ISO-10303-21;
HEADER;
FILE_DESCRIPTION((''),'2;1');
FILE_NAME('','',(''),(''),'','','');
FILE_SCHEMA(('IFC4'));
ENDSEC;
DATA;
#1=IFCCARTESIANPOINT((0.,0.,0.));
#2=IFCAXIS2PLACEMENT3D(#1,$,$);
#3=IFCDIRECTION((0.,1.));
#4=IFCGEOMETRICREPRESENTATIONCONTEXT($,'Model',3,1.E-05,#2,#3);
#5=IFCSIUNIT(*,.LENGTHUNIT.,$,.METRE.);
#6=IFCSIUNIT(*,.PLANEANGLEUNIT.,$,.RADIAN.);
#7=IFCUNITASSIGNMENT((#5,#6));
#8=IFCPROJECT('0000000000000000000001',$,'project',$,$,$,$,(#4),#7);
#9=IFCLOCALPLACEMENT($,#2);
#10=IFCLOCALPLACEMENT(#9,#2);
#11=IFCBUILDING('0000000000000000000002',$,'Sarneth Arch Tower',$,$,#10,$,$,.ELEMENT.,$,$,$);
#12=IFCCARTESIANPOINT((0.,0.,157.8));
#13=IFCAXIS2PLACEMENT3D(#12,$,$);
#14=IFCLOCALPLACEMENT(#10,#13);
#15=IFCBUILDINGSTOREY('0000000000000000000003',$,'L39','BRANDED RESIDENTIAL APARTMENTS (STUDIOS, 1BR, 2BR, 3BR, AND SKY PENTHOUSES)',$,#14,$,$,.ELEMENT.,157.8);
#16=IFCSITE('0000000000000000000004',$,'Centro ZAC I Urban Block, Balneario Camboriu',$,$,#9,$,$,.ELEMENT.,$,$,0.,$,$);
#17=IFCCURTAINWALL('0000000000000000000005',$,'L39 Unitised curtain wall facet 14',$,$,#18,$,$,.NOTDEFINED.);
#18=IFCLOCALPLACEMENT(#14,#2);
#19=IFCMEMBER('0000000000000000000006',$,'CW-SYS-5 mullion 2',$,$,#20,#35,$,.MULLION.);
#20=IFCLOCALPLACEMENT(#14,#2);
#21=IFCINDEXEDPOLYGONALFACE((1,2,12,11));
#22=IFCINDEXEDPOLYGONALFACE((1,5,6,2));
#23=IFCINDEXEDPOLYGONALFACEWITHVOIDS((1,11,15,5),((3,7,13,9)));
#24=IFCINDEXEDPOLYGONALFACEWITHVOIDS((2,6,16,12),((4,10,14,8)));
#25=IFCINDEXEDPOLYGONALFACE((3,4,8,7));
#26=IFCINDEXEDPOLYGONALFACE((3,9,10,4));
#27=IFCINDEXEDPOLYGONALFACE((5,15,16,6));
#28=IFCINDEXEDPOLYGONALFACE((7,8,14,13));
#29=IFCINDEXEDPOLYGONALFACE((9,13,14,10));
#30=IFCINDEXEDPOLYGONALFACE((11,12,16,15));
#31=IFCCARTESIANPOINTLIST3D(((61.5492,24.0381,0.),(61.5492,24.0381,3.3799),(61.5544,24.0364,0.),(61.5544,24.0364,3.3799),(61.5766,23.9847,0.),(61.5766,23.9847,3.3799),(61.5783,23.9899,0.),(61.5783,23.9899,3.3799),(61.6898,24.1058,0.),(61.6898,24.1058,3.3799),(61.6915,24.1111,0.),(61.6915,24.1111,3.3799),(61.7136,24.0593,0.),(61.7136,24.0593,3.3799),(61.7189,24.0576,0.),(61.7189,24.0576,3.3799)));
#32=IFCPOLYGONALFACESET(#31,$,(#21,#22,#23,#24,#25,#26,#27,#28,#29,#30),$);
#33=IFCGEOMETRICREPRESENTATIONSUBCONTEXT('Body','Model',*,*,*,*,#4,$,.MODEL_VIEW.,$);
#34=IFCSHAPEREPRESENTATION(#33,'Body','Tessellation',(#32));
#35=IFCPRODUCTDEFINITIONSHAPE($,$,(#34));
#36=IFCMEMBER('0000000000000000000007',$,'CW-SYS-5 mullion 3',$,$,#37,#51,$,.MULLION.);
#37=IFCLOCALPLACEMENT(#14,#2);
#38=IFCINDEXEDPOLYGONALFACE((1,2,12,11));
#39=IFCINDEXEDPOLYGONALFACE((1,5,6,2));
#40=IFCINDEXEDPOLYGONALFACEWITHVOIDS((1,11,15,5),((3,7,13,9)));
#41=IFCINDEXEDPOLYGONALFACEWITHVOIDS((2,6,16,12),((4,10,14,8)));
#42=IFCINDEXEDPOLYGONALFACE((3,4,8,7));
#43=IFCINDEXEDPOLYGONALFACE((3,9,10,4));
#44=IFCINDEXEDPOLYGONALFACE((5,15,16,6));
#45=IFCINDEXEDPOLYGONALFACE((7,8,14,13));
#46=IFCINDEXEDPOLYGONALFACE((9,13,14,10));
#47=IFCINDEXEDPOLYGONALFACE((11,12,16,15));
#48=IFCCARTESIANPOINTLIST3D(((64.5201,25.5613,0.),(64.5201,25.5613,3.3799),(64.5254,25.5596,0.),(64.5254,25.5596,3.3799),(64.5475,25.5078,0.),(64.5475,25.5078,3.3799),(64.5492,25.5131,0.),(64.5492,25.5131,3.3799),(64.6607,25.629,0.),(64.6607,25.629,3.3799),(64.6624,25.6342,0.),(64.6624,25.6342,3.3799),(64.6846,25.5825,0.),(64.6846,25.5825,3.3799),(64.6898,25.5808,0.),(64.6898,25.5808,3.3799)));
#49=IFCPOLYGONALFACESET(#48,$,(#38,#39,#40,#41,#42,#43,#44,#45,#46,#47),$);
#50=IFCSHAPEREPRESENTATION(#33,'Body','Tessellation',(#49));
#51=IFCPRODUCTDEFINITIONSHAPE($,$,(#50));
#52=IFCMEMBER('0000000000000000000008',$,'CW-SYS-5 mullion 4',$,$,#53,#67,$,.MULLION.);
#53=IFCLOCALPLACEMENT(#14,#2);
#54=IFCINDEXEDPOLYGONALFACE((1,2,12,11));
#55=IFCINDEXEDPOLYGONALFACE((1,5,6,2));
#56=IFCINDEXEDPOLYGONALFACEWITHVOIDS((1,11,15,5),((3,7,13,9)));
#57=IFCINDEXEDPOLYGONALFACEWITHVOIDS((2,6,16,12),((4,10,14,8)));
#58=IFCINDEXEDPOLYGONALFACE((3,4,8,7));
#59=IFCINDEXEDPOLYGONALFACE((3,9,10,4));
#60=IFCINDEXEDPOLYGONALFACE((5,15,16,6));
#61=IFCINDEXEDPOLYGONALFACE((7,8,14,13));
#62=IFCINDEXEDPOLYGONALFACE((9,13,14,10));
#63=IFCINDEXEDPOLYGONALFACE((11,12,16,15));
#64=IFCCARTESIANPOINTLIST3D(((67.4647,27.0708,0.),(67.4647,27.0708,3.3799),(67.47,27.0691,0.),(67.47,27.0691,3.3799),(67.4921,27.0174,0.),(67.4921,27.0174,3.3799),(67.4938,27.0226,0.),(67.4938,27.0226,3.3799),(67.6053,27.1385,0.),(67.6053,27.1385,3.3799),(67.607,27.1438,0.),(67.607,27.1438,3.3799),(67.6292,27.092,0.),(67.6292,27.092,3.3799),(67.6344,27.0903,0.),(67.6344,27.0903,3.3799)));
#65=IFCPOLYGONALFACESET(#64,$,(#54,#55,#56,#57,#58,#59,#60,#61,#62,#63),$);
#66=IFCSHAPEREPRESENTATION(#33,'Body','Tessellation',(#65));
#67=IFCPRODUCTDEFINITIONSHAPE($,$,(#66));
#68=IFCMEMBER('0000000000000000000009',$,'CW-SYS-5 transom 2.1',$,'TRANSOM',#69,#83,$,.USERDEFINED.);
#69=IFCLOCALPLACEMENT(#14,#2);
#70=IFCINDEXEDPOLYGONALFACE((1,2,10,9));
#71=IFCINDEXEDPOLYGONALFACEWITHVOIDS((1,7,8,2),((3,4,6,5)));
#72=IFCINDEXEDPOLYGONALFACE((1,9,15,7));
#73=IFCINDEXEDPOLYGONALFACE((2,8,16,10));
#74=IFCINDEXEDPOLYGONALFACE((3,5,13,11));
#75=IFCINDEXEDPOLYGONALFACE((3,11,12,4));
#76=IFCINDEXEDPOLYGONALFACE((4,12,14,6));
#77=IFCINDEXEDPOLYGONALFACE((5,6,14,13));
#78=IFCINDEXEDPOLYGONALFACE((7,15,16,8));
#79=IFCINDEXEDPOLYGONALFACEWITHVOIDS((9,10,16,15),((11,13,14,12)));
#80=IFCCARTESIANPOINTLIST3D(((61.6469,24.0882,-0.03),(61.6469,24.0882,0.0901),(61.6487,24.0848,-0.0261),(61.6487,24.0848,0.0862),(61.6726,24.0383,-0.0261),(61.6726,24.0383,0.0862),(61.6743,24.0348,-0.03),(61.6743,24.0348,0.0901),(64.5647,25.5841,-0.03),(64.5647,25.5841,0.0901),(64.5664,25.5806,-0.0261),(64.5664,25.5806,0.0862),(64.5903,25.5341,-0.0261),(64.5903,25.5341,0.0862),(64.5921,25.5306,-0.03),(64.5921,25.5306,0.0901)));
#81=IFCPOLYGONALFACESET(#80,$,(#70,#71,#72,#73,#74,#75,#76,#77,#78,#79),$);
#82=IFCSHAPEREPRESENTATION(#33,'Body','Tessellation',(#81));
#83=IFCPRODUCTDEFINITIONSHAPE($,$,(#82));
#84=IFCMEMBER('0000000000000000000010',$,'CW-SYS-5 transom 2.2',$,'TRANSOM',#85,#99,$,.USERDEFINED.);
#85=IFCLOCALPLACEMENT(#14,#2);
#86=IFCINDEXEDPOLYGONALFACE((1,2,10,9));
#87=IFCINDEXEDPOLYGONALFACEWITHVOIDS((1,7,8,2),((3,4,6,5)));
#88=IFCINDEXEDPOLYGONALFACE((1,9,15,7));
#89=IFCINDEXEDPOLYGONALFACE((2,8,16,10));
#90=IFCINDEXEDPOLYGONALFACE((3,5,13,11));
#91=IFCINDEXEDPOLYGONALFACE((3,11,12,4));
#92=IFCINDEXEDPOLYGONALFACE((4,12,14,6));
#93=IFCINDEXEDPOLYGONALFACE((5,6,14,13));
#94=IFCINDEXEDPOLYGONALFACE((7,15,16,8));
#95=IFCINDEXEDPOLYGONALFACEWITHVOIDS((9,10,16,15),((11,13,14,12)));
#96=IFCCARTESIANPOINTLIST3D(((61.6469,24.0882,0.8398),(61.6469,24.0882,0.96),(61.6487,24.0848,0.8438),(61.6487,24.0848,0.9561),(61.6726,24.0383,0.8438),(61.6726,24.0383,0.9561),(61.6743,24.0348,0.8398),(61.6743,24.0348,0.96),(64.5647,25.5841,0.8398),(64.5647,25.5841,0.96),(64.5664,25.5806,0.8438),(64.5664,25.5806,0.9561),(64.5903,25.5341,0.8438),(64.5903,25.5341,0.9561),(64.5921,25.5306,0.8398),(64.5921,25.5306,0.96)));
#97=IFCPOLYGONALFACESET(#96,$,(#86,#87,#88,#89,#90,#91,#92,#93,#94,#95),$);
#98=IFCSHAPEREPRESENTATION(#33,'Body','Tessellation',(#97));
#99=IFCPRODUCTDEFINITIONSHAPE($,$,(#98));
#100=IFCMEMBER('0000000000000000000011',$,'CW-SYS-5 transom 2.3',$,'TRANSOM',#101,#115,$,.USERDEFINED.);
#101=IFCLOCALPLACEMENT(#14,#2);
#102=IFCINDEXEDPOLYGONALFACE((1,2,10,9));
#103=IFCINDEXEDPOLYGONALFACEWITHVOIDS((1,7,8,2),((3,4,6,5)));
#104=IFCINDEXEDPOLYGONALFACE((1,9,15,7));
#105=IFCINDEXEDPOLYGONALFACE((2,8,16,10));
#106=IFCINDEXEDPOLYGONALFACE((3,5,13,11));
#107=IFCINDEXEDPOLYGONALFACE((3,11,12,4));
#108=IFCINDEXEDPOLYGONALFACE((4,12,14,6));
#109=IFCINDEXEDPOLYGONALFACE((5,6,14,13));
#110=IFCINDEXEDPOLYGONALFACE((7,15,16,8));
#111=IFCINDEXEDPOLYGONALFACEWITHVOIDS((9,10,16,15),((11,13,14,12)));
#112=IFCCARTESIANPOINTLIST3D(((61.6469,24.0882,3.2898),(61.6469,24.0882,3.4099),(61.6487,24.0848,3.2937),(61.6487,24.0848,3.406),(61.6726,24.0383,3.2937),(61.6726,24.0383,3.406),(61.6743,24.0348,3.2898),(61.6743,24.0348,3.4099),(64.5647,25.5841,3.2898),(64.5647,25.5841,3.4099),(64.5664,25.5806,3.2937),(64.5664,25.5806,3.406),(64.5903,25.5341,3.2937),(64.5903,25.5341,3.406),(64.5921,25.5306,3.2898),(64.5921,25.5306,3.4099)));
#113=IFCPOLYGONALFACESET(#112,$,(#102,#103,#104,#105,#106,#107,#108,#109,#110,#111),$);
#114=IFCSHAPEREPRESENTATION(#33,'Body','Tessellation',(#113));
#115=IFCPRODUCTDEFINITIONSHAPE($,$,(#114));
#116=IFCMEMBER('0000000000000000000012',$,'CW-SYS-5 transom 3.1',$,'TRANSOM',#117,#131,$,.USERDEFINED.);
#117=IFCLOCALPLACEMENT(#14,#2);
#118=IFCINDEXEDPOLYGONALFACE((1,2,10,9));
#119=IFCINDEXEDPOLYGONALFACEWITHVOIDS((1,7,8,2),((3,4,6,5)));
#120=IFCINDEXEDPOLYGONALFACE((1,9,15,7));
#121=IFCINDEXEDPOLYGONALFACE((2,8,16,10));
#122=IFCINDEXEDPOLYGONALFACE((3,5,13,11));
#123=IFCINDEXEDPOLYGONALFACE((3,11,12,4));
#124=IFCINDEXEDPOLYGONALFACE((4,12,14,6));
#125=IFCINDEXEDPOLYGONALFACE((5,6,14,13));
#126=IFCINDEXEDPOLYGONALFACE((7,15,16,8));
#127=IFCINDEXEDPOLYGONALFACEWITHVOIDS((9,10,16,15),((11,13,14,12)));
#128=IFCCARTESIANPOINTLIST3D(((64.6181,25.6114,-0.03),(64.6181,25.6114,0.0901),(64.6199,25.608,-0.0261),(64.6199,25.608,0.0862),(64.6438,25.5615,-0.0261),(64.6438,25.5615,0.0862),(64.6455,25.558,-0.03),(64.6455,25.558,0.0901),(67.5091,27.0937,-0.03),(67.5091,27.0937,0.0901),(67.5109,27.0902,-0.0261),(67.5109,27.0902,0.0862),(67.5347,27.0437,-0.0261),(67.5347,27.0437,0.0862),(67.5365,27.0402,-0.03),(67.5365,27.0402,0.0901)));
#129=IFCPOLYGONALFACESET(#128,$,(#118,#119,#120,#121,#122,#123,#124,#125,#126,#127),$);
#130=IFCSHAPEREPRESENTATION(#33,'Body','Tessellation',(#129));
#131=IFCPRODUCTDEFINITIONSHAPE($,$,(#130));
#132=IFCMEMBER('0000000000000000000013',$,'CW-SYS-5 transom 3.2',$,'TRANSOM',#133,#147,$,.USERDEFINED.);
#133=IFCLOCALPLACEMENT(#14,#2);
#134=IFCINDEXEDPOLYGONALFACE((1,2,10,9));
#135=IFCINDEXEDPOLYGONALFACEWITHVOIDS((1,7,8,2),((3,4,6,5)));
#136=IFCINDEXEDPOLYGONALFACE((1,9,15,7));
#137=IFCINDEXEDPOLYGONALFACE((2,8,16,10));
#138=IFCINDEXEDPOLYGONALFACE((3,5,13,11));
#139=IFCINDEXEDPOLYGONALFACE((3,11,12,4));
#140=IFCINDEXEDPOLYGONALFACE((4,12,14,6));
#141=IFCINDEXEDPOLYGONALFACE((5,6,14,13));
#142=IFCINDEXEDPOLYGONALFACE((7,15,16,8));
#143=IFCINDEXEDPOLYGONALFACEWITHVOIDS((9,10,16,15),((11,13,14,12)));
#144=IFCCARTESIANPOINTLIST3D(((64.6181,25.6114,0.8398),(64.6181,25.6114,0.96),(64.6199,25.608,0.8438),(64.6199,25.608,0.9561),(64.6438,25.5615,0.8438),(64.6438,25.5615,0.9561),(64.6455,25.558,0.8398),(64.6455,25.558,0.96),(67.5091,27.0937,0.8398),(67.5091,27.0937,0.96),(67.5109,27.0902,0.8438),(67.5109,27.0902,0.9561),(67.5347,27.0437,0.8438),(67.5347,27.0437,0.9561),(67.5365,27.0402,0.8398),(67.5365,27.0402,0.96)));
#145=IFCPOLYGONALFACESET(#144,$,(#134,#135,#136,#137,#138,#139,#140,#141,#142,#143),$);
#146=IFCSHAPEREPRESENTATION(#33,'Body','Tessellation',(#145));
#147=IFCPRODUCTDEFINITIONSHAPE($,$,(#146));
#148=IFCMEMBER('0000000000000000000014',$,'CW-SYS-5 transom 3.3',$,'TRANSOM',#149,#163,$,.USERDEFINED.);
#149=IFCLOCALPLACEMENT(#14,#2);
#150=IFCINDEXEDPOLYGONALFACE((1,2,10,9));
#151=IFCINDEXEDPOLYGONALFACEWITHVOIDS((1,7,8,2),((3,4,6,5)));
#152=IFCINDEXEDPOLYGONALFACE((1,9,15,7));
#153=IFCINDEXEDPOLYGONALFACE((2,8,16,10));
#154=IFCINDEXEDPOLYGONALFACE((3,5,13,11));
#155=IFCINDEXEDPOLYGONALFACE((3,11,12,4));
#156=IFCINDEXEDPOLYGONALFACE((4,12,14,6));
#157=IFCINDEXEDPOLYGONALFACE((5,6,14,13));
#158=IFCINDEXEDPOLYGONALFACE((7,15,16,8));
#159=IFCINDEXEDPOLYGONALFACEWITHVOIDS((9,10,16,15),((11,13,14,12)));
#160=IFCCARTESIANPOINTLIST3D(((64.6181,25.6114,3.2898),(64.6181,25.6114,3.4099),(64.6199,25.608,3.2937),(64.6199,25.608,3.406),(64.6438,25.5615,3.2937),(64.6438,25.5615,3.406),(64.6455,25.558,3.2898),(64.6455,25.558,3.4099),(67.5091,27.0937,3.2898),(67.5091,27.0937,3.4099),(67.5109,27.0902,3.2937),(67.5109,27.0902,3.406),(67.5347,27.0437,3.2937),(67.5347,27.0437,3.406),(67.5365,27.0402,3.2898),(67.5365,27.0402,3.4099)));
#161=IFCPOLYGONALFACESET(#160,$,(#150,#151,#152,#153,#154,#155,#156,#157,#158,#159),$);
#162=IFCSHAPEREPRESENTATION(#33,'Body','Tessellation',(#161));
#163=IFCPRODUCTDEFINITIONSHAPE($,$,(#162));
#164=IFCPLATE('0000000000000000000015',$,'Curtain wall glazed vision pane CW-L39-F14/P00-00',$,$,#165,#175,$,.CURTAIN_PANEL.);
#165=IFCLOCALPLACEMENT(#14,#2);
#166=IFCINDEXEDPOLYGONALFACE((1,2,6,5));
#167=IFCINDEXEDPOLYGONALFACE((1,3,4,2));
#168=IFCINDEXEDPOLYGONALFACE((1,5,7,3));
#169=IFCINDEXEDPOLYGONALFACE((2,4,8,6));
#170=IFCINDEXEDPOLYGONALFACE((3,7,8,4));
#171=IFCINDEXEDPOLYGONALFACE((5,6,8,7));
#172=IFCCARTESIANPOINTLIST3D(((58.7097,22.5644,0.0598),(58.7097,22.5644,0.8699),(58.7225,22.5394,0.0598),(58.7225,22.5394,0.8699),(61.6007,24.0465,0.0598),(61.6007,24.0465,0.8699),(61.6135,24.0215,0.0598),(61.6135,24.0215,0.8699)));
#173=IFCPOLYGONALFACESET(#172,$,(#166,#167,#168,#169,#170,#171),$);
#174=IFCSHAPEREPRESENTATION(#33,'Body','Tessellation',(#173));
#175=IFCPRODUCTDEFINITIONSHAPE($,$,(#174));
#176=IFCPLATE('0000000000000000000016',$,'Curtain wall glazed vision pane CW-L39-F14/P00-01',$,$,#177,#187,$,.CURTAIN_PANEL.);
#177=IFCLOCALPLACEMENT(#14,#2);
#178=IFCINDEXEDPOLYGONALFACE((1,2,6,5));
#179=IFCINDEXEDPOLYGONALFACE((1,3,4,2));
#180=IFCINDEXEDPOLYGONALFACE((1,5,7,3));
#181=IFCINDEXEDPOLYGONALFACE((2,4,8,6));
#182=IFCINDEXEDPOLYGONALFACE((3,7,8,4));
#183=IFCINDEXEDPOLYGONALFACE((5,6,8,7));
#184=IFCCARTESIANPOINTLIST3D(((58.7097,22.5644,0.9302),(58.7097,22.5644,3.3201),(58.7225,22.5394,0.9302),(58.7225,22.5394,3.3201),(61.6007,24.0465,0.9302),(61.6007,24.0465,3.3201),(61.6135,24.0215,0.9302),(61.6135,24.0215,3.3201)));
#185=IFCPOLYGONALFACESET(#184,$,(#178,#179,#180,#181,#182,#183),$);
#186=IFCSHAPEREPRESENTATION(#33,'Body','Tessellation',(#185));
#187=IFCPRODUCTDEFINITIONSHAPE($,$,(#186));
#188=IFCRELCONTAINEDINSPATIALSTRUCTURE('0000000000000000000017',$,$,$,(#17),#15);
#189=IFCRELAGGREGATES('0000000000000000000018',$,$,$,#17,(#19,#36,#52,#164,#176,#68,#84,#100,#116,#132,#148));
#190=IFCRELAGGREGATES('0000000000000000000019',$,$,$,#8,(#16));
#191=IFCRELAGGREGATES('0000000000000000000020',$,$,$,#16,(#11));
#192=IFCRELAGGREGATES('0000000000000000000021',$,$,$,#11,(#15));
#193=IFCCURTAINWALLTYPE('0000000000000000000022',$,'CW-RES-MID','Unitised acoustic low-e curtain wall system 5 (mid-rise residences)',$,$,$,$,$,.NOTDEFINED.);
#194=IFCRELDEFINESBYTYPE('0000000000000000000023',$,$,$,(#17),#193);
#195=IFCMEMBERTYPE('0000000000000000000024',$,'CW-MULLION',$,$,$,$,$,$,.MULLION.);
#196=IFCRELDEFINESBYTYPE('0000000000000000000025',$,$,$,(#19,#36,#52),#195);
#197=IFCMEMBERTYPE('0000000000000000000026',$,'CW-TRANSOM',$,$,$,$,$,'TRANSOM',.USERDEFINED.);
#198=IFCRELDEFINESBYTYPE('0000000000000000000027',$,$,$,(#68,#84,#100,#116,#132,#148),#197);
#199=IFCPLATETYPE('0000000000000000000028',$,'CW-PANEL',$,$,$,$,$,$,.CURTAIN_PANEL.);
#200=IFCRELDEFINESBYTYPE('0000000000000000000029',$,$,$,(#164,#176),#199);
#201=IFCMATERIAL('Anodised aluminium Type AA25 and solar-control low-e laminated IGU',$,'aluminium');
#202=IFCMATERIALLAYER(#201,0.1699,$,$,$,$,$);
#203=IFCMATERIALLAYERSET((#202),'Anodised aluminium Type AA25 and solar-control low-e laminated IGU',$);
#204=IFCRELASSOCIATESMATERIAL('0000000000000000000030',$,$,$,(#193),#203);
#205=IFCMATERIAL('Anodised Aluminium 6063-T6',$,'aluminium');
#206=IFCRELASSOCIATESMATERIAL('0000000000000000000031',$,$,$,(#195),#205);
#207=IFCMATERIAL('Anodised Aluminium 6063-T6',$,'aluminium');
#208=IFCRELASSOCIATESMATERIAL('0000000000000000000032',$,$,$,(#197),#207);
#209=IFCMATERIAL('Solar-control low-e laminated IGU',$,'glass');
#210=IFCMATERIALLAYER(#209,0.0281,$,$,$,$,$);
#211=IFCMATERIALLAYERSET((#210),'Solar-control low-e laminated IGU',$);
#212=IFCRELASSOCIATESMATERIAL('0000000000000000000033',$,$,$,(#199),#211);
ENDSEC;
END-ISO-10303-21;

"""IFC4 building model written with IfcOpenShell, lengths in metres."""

from ifc_helpers import new_model, si_unit, direction, frame, origin, origin_2d, place, context, subcontext, project, spatial, rectangle, hollow_rectangle, extrude, material, layer, layer_set, material_profile, profile_set, type_object, element, aggregate, save


model = new_model("IFC4")

# Units and contexts
model_context = context("Model", 3, precision=1e-05, world=origin(), true_north=direction((0.0, 1.0)))
body_context = subcontext(model_context, "Body", "Model", "MODEL_VIEW")
ifc_project = project(units=[si_unit("LENGTHUNIT", "METRE"), si_unit("PLANEANGLEUNIT", "RADIAN")], contexts=[model_context])

# Site, building, storey
site_placement = place(None, origin())
site = spatial("IfcSite", under=ifc_project, at=site_placement, Name="Centro ZAC I Urban Block, Balneario Camboriu", CompositionType="ELEMENT", RefElevation=0.0)
building_placement = place(site_placement, origin())
building = spatial("IfcBuilding", under=site, at=building_placement, Name="Sarneth Arch Tower", CompositionType="ELEMENT")
storey_placement = place(building_placement, frame((0.0, 0.0, 157.8)))
storey = spatial("IfcBuildingStorey", under=building, at=storey_placement, Name="L39", Description="BRANDED RESIDENTIAL APARTMENTS (STUDIOS, 1BR, 2BR, 3BR, AND SKY PENTHOUSES)", CompositionType="ELEMENT", Elevation=157.8)

# Curtain wall, members, plates
ifc_material_1 = material(Name="Anodised aluminium Type AA25 and solar-control low-e laminated IGU", Category="aluminium")
ifc_layer_1 = layer(ifc_material_1, 0.1699)
ifc_layer_set_1 = layer_set([ifc_layer_1], Name="Anodised aluminium Type AA25 and solar-control low-e laminated IGU")
curtain_wall_type = type_object("IfcCurtainWallType", Name="CW-RES-MID", Description="Unitised acoustic low-e curtain wall system 5 (mid-rise residences)", PredefinedType="NOTDEFINED", material=ifc_layer_set_1)
curtain_wall_placement = place(storey_placement, origin())
curtain_wall = element("IfcCurtainWall", 1, at=curtain_wall_placement, inside=storey, type_object=curtain_wall_type, Name="L39 Unitised curtain wall facet 14", PredefinedType="NOTDEFINED")
ifc_material_2 = material(Name="Anodised Aluminium 6063-T6", Category="aluminium")
ifc_material_profile_1 = material_profile(ifc_material_2, hollow_rectangle(XDim=0.0601, YDim=0.1599, WallThickness=0.0039, at=origin_2d()), Name="AL-MULL-160x60x4")
ifc_profile_set_1 = profile_set([ifc_material_profile_1], Name="Anodised Aluminium 6063-T6")
member_type_1 = type_object("IfcMemberType", Name="CW-MULLION", PredefinedType="MULLION", material=ifc_profile_set_1)
member_1_placement = place(storey_placement, frame((61.634, 24.0479, 0.0), z_axis=(0.0, 0.0, 1.0), x_axis=(-0.456208, 0.889873, 0.0)))
member_1 = element("IfcMember", 2, at=member_1_placement, type_object=member_type_1, Name="CW-SYS-5 mullion 2", PredefinedType="MULLION", context=body_context, shape_type="SweptSolid", body=[
    extrude(hollow_rectangle(XDim=0.0601, YDim=0.1599, WallThickness=0.0039, at=origin_2d()), origin(), (0.0, 0.0, 1.0), 3.3799),
])
member_2_placement = place(storey_placement, frame((64.605, 25.571, 0.0), z_axis=(0.0, 0.0, 1.0), x_axis=(-0.456208, 0.889873, 0.0)))
member_2 = element("IfcMember", 3, at=member_2_placement, type_object=member_type_1, Name="CW-SYS-5 mullion 3", PredefinedType="MULLION", context=body_context, shape_type="SweptSolid", body=[
    extrude(hollow_rectangle(XDim=0.0601, YDim=0.1599, WallThickness=0.0039, at=origin_2d()), origin(), (0.0, 0.0, 1.0), 3.3799),
])
member_3_placement = place(storey_placement, frame((67.5496, 27.0806, 0.0), z_axis=(0.0, 0.0, 1.0), x_axis=(-0.456208, 0.889873, 0.0)))
member_3 = element("IfcMember", 4, at=member_3_placement, type_object=member_type_1, Name="CW-SYS-5 mullion 4", PredefinedType="MULLION", context=body_context, shape_type="SweptSolid", body=[
    extrude(hollow_rectangle(XDim=0.0601, YDim=0.1599, WallThickness=0.0039, at=origin_2d()), origin(), (0.0, 0.0, 1.0), 3.3799),
])
ifc_material_3 = material(Name="Anodised Aluminium 6063-T6", Category="aluminium")
ifc_material_profile_2 = material_profile(ifc_material_3, hollow_rectangle(XDim=0.0601, YDim=0.1201, WallThickness=0.0039, at=origin_2d()), Name="AL-TRAN-120x60x4")
ifc_profile_set_2 = profile_set([ifc_material_profile_2], Name="Anodised Aluminium 6063-T6")
member_type_2 = type_object("IfcMemberType", Name="CW-TRANSOM", ElementType="TRANSOM", PredefinedType="USERDEFINED", material=ifc_profile_set_2)
member_4_placement = place(storey_placement, frame((61.6606, 24.0615, 0.03), z_axis=(0.889869, 0.456215, 0.0), x_axis=(-0.456215, 0.889869, 0.0)))
member_4 = element("IfcMember", 5, at=member_4_placement, type_object=member_type_2, Name="CW-SYS-5 transom 2.1", ObjectType="TRANSOM", PredefinedType="USERDEFINED", context=body_context, shape_type="SweptSolid", body=[
    extrude(hollow_rectangle(XDim=0.0601, YDim=0.1201, WallThickness=0.0039, at=origin_2d()), origin(), (0.0, 0.0, 1.0), 3.2788),
])
member_5_placement = place(storey_placement, frame((61.6606, 24.0615, 0.8999), z_axis=(0.889869, 0.456215, 0.0), x_axis=(-0.456215, 0.889869, 0.0)))
member_5 = element("IfcMember", 6, at=member_5_placement, type_object=member_type_2, Name="CW-SYS-5 transom 2.2", ObjectType="TRANSOM", PredefinedType="USERDEFINED", context=body_context, shape_type="SweptSolid", body=[
    extrude(hollow_rectangle(XDim=0.0601, YDim=0.1201, WallThickness=0.0039, at=origin_2d()), origin(), (0.0, 0.0, 1.0), 3.2788),
])
member_6_placement = place(storey_placement, frame((61.6606, 24.0615, 3.3499), z_axis=(0.889869, 0.456215, 0.0), x_axis=(-0.456215, 0.889869, 0.0)))
member_6 = element("IfcMember", 7, at=member_6_placement, type_object=member_type_2, Name="CW-SYS-5 transom 2.3", ObjectType="TRANSOM", PredefinedType="USERDEFINED", context=body_context, shape_type="SweptSolid", body=[
    extrude(hollow_rectangle(XDim=0.0601, YDim=0.1201, WallThickness=0.0039, at=origin_2d()), origin(), (0.0, 0.0, 1.0), 3.2788),
])
member_7_placement = place(storey_placement, frame((64.6318, 25.5847, 0.03), z_axis=(0.889857, 0.456239, 0.0), x_axis=(-0.456239, 0.889857, 0.0)))
member_7 = element("IfcMember", 8, at=member_7_placement, type_object=member_type_2, Name="CW-SYS-5 transom 3.1", ObjectType="TRANSOM", PredefinedType="USERDEFINED", context=body_context, shape_type="SweptSolid", body=[
    extrude(hollow_rectangle(XDim=0.0601, YDim=0.1201, WallThickness=0.0039, at=origin_2d()), origin(), (0.0, 0.0, 1.0), 3.2488),
])
member_8_placement = place(storey_placement, frame((64.6318, 25.5847, 0.8999), z_axis=(0.889857, 0.456239, 0.0), x_axis=(-0.456239, 0.889857, 0.0)))
member_8 = element("IfcMember", 9, at=member_8_placement, type_object=member_type_2, Name="CW-SYS-5 transom 3.2", ObjectType="TRANSOM", PredefinedType="USERDEFINED", context=body_context, shape_type="SweptSolid", body=[
    extrude(hollow_rectangle(XDim=0.0601, YDim=0.1201, WallThickness=0.0039, at=origin_2d()), origin(), (0.0, 0.0, 1.0), 3.2488),
])
member_9_placement = place(storey_placement, frame((64.6318, 25.5847, 3.3499), z_axis=(0.889857, 0.456239, 0.0), x_axis=(-0.456239, 0.889857, 0.0)))
member_9 = element("IfcMember", 10, at=member_9_placement, type_object=member_type_2, Name="CW-SYS-5 transom 3.3", ObjectType="TRANSOM", PredefinedType="USERDEFINED", context=body_context, shape_type="SweptSolid", body=[
    extrude(hollow_rectangle(XDim=0.0601, YDim=0.1201, WallThickness=0.0039, at=origin_2d()), origin(), (0.0, 0.0, 1.0), 3.2488),
])
ifc_material_4 = material(Name="Solar-control low-e laminated IGU", Category="glass")
ifc_layer_2 = layer(ifc_material_4, 0.0281)
ifc_layer_set_2 = layer_set([ifc_layer_2], Name="Solar-control low-e laminated IGU")
plate_type_1 = type_object("IfcPlateType", Name="CW-PANEL", PredefinedType="CURTAIN_PANEL", material=ifc_layer_set_2)
plate_1_placement = place(storey_placement, frame((60.1616, 23.293, 0.0598), z_axis=(0.0, 0.0, 1.0), x_axis=(0.889873, 0.456208, 0.0)))
plate_1 = element("IfcPlate", 11, at=plate_1_placement, type_object=plate_type_1, Name="Curtain wall glazed vision pane CW-L39-F14/P00-00", PredefinedType="CURTAIN_PANEL", context=body_context, shape_type="SweptSolid", body=[
    extrude(rectangle(XDim=3.2488, YDim=0.0281, at=origin_2d()), origin(), (0.0, 0.0, 1.0), 0.8101),
])
plate_2_placement = place(storey_placement, frame((60.1616, 23.293, 0.9302), z_axis=(0.0, 0.0, 1.0), x_axis=(0.889873, 0.456208, 0.0)))
plate_2 = element("IfcPlate", 12, at=plate_2_placement, type_object=plate_type_1, Name="Curtain wall glazed vision pane CW-L39-F14/P00-01", PredefinedType="CURTAIN_PANEL", context=body_context, shape_type="SweptSolid", body=[
    extrude(rectangle(XDim=3.2488, YDim=0.0281, at=origin_2d()), origin(), (0.0, 0.0, 1.0), 2.3899),
])
aggregate(curtain_wall, [member_1, member_2, member_3, plate_1, plate_2, member_4, member_5, member_6, member_7, member_8, member_9])

save(model, "model.ifc")
